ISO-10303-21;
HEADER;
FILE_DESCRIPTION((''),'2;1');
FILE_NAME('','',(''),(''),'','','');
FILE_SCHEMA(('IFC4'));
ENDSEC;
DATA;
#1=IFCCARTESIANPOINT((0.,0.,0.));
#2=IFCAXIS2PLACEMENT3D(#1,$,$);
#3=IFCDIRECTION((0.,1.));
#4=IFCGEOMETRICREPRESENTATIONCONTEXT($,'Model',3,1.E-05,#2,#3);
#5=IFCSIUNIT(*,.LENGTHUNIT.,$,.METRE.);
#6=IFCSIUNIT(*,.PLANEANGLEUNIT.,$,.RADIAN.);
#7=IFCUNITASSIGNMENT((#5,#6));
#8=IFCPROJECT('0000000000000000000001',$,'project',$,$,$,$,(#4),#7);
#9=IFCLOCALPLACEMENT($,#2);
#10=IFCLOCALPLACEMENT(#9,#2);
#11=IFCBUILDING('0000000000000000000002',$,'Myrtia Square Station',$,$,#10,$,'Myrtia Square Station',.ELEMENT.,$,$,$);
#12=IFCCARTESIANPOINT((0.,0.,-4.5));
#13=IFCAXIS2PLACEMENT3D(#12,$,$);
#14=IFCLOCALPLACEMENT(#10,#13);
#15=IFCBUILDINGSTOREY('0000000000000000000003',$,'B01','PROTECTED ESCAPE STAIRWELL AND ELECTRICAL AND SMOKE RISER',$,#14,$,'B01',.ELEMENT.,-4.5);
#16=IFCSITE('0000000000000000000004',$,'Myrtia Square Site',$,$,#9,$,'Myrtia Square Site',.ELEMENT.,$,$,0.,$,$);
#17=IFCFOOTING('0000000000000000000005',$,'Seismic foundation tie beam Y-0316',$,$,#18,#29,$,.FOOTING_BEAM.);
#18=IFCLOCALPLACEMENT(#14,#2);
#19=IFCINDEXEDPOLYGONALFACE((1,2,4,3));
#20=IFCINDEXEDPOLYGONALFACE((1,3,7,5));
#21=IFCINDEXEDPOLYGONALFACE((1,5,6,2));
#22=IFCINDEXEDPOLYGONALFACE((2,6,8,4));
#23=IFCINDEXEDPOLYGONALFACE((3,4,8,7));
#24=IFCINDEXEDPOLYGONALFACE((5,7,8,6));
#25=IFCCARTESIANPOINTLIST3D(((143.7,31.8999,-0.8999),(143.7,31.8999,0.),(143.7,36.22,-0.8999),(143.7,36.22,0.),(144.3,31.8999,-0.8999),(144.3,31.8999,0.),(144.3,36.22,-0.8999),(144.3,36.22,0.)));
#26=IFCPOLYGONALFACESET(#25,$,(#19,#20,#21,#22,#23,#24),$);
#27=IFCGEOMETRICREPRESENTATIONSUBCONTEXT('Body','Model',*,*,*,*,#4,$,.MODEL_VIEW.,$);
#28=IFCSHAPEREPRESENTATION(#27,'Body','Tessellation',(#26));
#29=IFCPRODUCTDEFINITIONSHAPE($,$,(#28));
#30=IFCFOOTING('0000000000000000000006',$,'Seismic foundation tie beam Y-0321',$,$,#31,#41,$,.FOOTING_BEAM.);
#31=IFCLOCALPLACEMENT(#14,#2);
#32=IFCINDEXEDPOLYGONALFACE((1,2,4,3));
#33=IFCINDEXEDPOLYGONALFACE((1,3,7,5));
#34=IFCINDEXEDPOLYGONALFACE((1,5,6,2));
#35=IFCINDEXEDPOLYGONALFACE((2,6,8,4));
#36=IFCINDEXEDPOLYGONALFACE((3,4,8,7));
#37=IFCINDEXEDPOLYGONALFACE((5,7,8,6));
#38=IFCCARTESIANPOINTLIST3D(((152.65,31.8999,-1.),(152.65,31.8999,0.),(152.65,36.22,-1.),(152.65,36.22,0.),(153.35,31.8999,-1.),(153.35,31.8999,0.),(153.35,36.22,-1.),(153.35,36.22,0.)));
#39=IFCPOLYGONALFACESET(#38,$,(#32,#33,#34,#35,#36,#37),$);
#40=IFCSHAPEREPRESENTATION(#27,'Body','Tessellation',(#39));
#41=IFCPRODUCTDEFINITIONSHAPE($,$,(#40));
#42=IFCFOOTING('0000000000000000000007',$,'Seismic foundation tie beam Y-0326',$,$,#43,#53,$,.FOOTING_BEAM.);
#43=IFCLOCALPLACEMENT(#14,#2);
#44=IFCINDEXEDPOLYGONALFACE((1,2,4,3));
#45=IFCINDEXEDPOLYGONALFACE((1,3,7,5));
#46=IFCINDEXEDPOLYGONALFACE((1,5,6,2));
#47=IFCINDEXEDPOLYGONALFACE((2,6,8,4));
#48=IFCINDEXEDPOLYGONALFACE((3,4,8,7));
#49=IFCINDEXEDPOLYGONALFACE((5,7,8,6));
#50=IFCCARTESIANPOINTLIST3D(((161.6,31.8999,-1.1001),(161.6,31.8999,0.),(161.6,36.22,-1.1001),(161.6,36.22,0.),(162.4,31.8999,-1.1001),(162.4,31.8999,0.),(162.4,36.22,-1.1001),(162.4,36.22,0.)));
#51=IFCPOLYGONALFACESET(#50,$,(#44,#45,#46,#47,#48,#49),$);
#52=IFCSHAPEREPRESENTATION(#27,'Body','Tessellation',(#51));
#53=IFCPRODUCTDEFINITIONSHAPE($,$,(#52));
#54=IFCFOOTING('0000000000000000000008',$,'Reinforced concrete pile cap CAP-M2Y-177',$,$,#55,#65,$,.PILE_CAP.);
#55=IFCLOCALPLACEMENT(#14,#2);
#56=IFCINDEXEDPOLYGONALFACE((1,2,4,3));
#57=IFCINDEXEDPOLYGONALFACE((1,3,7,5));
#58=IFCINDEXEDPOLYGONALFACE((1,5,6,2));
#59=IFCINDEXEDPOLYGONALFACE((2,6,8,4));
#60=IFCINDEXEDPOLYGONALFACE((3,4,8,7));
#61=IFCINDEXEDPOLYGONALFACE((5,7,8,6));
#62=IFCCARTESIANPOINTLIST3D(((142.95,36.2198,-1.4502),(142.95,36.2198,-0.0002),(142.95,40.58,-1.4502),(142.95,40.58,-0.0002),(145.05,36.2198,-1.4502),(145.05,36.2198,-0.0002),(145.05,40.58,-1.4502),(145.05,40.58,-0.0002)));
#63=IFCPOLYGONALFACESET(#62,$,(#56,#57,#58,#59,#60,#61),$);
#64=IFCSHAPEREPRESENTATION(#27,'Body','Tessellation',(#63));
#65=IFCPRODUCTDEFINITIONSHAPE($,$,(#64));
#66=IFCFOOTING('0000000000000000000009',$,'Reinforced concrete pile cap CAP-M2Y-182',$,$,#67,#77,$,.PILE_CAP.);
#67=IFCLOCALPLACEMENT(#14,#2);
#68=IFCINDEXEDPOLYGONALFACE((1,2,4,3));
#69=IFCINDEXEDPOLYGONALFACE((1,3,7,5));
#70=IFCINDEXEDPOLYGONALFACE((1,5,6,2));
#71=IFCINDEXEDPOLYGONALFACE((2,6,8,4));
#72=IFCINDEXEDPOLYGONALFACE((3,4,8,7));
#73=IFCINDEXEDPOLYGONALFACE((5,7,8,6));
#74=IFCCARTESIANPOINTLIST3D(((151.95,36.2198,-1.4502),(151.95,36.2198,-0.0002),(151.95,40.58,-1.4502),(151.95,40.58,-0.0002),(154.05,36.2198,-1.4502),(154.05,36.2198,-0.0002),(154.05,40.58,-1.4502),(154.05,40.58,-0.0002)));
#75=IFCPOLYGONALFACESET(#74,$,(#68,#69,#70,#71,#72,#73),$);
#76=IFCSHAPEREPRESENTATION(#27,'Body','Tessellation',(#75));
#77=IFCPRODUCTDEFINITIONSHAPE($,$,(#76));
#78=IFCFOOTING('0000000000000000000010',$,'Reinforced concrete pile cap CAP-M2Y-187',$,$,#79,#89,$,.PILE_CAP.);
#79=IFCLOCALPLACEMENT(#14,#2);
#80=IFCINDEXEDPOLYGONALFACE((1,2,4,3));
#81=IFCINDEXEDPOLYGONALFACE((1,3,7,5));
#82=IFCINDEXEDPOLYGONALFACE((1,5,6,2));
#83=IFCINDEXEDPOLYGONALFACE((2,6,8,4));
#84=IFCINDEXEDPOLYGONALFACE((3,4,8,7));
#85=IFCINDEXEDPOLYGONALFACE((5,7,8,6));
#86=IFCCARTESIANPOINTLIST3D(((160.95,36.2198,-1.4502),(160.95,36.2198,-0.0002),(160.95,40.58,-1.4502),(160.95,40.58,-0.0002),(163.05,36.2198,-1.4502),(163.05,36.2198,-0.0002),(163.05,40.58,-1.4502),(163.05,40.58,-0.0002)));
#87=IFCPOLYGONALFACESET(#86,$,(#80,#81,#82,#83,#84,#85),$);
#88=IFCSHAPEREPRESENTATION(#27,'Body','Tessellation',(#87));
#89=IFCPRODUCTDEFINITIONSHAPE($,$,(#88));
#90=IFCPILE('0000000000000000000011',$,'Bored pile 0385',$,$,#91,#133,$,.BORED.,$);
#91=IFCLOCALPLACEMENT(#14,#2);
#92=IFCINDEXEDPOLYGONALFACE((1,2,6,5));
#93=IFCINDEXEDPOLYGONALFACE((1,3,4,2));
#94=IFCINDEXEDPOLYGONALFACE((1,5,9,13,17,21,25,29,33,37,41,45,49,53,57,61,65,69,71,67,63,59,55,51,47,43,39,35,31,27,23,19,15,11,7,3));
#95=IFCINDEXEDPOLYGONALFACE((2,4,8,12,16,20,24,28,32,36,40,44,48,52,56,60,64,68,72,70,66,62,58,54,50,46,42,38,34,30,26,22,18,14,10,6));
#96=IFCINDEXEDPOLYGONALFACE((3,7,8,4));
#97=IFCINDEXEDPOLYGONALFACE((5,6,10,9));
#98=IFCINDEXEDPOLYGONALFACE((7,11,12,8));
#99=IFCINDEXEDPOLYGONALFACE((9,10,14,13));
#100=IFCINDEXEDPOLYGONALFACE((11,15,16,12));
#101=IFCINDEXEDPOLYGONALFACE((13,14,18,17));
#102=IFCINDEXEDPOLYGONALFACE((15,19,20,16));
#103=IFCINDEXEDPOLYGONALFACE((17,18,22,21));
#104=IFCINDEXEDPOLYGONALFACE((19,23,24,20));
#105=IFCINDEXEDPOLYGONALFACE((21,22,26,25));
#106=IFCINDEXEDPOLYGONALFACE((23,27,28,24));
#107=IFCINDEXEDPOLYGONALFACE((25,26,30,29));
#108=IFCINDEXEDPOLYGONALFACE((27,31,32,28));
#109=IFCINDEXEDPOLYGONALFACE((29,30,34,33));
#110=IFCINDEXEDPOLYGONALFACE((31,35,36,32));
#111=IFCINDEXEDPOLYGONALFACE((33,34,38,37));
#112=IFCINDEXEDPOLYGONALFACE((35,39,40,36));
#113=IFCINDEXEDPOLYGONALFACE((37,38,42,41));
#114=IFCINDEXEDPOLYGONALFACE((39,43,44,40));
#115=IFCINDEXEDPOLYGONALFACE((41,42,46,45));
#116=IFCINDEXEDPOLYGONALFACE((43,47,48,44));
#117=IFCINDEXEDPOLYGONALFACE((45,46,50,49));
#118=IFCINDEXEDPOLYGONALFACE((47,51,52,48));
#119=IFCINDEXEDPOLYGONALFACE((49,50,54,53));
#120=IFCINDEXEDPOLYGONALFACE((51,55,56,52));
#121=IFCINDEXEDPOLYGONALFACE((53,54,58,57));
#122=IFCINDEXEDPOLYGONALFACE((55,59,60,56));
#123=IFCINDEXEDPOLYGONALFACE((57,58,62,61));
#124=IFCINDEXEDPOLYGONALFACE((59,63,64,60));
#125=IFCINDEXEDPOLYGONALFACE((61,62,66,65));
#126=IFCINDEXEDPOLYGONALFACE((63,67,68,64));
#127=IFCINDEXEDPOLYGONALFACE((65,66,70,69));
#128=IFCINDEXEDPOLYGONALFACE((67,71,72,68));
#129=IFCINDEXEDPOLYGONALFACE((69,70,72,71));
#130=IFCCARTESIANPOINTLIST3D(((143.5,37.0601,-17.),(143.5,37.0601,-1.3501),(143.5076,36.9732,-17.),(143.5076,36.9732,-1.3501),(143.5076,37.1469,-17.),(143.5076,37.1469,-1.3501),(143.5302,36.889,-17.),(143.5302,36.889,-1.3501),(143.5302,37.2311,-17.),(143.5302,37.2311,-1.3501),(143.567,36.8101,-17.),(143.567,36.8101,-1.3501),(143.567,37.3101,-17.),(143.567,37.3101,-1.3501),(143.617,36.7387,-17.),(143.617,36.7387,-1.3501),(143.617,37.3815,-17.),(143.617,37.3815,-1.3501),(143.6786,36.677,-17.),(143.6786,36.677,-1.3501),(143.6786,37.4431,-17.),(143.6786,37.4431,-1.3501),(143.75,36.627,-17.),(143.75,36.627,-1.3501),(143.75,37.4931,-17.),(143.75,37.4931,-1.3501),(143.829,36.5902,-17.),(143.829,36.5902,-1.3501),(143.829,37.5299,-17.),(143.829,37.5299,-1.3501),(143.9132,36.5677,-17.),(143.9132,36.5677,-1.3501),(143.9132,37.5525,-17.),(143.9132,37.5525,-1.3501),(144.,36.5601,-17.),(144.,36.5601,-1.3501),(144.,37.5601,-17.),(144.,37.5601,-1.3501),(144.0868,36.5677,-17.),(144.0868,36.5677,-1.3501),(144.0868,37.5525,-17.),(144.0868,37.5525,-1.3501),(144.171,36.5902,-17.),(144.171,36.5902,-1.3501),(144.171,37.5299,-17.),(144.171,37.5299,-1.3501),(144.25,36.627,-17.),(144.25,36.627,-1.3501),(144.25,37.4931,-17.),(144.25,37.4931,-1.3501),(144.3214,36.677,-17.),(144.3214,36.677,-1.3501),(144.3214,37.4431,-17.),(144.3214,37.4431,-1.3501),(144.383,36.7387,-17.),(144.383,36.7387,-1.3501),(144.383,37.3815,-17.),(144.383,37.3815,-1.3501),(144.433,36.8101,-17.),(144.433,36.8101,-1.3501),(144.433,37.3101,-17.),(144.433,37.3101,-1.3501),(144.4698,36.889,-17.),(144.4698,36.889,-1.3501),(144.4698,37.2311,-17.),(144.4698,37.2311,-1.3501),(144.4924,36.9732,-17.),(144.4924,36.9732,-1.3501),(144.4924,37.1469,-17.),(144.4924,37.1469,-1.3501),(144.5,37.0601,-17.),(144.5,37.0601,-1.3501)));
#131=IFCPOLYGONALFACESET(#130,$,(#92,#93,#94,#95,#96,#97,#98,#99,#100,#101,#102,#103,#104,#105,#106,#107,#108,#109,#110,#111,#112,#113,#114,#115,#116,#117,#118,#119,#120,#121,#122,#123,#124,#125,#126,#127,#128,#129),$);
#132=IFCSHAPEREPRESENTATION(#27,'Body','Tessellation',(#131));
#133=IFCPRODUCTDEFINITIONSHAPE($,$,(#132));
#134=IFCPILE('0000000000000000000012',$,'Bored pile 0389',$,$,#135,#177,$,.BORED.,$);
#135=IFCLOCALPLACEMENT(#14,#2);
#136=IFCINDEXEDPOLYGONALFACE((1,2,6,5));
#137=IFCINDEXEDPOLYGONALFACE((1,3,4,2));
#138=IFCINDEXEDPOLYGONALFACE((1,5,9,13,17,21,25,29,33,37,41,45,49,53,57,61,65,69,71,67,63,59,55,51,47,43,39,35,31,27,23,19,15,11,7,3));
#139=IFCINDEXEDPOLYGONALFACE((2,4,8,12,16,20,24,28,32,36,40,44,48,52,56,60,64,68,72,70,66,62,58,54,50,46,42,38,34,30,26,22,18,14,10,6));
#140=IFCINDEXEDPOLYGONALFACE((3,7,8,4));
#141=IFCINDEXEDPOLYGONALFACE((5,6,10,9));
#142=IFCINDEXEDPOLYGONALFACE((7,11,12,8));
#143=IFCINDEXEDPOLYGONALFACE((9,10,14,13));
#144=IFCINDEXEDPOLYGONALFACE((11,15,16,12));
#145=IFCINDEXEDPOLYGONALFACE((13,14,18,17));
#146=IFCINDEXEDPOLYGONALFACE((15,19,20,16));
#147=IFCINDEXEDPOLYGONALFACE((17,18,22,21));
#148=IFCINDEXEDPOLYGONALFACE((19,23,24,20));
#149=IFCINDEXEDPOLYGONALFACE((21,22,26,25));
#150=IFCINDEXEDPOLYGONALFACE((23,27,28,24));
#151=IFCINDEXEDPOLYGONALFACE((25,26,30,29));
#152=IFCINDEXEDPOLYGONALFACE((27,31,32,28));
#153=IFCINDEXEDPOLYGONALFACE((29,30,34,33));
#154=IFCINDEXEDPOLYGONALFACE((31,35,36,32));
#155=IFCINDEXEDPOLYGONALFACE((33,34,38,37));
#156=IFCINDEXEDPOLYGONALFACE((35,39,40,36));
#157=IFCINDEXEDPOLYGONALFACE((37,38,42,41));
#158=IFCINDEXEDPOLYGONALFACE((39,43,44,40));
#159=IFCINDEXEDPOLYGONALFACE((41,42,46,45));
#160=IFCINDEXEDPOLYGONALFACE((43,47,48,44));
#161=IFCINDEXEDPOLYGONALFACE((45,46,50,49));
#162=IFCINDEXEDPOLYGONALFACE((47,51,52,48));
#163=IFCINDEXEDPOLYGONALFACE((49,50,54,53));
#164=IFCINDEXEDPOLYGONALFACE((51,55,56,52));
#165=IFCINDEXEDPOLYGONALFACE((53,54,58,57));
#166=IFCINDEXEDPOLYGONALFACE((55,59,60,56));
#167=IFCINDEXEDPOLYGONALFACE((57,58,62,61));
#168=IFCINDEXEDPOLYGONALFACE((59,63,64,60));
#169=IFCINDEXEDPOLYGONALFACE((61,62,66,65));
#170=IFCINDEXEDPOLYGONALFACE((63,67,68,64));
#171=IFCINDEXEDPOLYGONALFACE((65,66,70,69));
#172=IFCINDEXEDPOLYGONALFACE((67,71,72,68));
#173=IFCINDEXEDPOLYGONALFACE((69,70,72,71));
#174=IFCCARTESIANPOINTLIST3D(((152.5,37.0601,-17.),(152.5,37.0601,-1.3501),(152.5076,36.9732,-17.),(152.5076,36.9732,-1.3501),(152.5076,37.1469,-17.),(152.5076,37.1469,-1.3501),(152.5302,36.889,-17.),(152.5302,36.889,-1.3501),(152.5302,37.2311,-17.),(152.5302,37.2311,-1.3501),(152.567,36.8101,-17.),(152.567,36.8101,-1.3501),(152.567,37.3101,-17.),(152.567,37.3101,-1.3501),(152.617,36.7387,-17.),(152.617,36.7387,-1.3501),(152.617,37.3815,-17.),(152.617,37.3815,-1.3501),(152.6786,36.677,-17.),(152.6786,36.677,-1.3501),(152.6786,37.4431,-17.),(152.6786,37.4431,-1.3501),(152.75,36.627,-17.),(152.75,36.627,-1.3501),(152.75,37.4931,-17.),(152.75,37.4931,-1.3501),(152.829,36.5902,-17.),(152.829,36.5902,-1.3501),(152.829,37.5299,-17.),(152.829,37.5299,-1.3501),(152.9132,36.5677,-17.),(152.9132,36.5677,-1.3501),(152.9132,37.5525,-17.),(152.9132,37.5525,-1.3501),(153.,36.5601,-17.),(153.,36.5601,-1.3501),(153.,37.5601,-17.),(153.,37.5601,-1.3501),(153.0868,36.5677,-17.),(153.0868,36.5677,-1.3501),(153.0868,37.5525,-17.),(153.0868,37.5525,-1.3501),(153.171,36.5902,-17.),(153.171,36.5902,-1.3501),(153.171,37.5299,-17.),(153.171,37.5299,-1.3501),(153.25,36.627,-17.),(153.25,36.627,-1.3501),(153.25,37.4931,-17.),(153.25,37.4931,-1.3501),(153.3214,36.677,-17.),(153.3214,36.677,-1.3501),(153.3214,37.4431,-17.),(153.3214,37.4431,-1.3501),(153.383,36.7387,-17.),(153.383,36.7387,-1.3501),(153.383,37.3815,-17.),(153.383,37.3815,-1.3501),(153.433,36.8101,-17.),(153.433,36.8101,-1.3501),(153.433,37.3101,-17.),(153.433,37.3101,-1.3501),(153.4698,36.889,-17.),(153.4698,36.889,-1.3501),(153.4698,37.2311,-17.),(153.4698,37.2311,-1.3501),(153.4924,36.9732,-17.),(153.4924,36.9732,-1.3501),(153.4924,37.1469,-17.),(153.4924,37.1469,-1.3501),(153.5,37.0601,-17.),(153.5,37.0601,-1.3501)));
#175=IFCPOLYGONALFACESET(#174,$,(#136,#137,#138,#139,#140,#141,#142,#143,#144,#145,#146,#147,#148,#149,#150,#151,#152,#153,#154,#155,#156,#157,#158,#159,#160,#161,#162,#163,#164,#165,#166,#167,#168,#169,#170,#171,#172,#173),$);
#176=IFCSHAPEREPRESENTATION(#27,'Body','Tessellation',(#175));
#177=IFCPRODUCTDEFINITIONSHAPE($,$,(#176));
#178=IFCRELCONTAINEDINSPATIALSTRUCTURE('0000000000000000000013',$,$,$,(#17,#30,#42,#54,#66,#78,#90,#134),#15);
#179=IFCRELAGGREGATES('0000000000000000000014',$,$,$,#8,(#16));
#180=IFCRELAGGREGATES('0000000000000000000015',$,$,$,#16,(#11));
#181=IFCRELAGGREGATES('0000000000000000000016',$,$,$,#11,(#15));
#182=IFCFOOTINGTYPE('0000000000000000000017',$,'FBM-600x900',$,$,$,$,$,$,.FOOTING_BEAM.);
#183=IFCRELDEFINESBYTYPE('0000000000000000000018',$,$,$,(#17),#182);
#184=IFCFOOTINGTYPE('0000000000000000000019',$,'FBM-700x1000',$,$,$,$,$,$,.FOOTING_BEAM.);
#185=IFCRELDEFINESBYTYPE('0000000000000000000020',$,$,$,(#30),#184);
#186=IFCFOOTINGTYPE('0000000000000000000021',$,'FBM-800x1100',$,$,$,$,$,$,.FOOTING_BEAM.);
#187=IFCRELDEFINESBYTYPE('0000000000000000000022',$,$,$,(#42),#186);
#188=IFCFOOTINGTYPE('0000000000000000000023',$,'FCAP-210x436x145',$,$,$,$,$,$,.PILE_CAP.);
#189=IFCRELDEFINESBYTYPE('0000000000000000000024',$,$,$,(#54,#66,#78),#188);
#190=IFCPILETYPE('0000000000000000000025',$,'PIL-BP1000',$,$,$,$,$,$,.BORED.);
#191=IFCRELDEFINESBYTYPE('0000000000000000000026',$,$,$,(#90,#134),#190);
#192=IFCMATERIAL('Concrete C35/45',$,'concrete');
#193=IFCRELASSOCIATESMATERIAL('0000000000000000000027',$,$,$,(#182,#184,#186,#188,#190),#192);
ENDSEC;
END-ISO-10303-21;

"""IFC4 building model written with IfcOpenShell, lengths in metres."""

from ifc_helpers import new_model, si_unit, direction, frame, origin, origin_2d, place, context, subcontext, project, spatial, rectangle, circle, extrude, material, material_profile, profile_set, type_object, element, save


model = new_model("IFC4")

# Units and contexts
model_context = context("Model", 3, precision=1e-05, world=origin(), true_north=direction((0.0, 1.0)))
body_context = subcontext(model_context, "Body", "Model", "MODEL_VIEW")
ifc_project = project(units=[si_unit("LENGTHUNIT", "METRE"), si_unit("PLANEANGLEUNIT", "RADIAN")], contexts=[model_context])

# Site, building, storey
site_placement = place(None, origin())
site = spatial("IfcSite", under=ifc_project, at=site_placement, Name="Myrtia Square Site", LongName="Myrtia Square Site", CompositionType="ELEMENT", RefElevation=0.0)
building_placement = place(site_placement, origin())
building = spatial("IfcBuilding", under=site, at=building_placement, Name="Myrtia Square Station", LongName="Myrtia Square Station", CompositionType="ELEMENT")
storey_placement = place(building_placement, frame((0.0, 0.0, -4.5)))
storey = spatial("IfcBuildingStorey", under=building, at=storey_placement, Name="B01", Description="PROTECTED ESCAPE STAIRWELL AND ELECTRICAL AND SMOKE RISER", LongName="B01", CompositionType="ELEMENT", Elevation=-4.5)

# Footings
ifc_material_1 = material(Name="Concrete C35/45", Category="concrete")
ifc_material_profile_1 = material_profile(ifc_material_1, rectangle(XDim=0.6001, YDim=0.8999, at=origin_2d()), Name="FB 600x900")
ifc_profile_set_1 = profile_set([ifc_material_profile_1], Name="Concrete C35/45")
footing_type_1 = type_object("IfcFootingType", Name="FBM-600x900", PredefinedType="FOOTING_BEAM", material=ifc_profile_set_1)
footing_1_placement = place(storey_placement, frame((144.0, 31.8999, -0.45), z_axis=(0.0, 1.0, 0.0), x_axis=(-1.0, 0.0, 0.0)))
element("IfcFooting", 1, at=footing_1_placement, inside=storey, type_object=footing_type_1, Name="Seismic foundation tie beam Y-0316", PredefinedType="FOOTING_BEAM", context=body_context, shape_type="SweptSolid", body=[
    extrude(rectangle(XDim=0.6001, YDim=0.8999, at=origin_2d()), origin(), (0.0, 0.0, 1.0), 4.3201),
])
ifc_material_profile_2 = material_profile(ifc_material_1, rectangle(XDim=0.7, YDim=1.0, at=origin_2d()), Name="FB 700x1000")
ifc_profile_set_2 = profile_set([ifc_material_profile_2], Name="Concrete C35/45")
footing_type_2 = type_object("IfcFootingType", Name="FBM-700x1000", PredefinedType="FOOTING_BEAM", material=ifc_profile_set_2)
footing_2_placement = place(storey_placement, frame((153.0, 31.8999, -0.5), z_axis=(0.0, 1.0, 0.0), x_axis=(-1.0, 0.0, 0.0)))
element("IfcFooting", 2, at=footing_2_placement, inside=storey, type_object=footing_type_2, Name="Seismic foundation tie beam Y-0321", PredefinedType="FOOTING_BEAM", context=body_context, shape_type="SweptSolid", body=[
    extrude(rectangle(XDim=0.7, YDim=1.0, at=origin_2d()), origin(), (0.0, 0.0, 1.0), 4.3201),
])
ifc_material_profile_3 = material_profile(ifc_material_1, rectangle(XDim=0.8, YDim=1.1001, at=origin_2d()), Name="FB 800x1100")
ifc_profile_set_3 = profile_set([ifc_material_profile_3], Name="Concrete C35/45")
footing_type_3 = type_object("IfcFootingType", Name="FBM-800x1100", PredefinedType="FOOTING_BEAM", material=ifc_profile_set_3)
footing_3_placement = place(storey_placement, frame((162.0, 31.8999, -0.55), z_axis=(0.0, 1.0, 0.0), x_axis=(-1.0, 0.0, 0.0)))
element("IfcFooting", 3, at=footing_3_placement, inside=storey, type_object=footing_type_3, Name="Seismic foundation tie beam Y-0326", PredefinedType="FOOTING_BEAM", context=body_context, shape_type="SweptSolid", body=[
    extrude(rectangle(XDim=0.8, YDim=1.1001, at=origin_2d()), origin(), (0.0, 0.0, 1.0), 4.3201),
])
footing_type_4 = type_object("IfcFootingType", Name="FCAP-210x436x145", PredefinedType="PILE_CAP", material=ifc_material_1)
for number, where, z_axis, x_axis, name in (
    (4, (144.0, 38.3999, -1.4502), (0.0, 0.0, 1.0), (1.0, 0.0, 0.0), "Reinforced concrete pile cap CAP-M2Y-177"),
    (5, (153.0, 38.3999, -1.4502), (0.0, 0.0, 1.0), (1.0, 0.0, 0.0), "Reinforced concrete pile cap CAP-M2Y-182"),
    (6, (162.0, 38.3999, -1.4502), (0.0, 0.0, 1.0), (1.0, 0.0, 0.0), "Reinforced concrete pile cap CAP-M2Y-187"),
):
    element("IfcFooting", number, at=place(storey_placement, frame(where, z_axis=z_axis, x_axis=x_axis)), inside=storey, type_object=footing_type_4, Name=name, PredefinedType="PILE_CAP", context=body_context, shape_type="SweptSolid", body=[
        extrude(rectangle(XDim=2.1001, YDim=4.3601, at=origin_2d()), origin(), (0.0, 0.0, 1.0), 1.45),
    ])

# Piles
ifc_material_profile_4 = material_profile(ifc_material_1, circle(Radius=0.5, at=origin_2d()), Name="BP D1000")
ifc_profile_set_4 = profile_set([ifc_material_profile_4], Name="Concrete C35/45")
pile_type_1 = type_object("IfcPileType", Name="PIL-BP1000", PredefinedType="BORED", material=ifc_profile_set_4)
for number, where, z_axis, x_axis, name in (
    (7, (144.0, 37.0601, -1.3501), (0.0, 0.0, -1.0), (1.0, 0.0, 0.0), "Bored pile 0385"),
    (8, (153.0, 37.0601, -1.3501), (0.0, 0.0, -1.0), (1.0, 0.0, 0.0), "Bored pile 0389"),
):
    element("IfcPile", number, at=place(storey_placement, frame(where, z_axis=z_axis, x_axis=x_axis)), inside=storey, type_object=pile_type_1, Name=name, PredefinedType="BORED", context=body_context, shape_type="SweptSolid", body=[
        extrude(circle(Radius=0.5, at=origin_2d()), origin(), (0.0, 0.0, 1.0), 15.6499),
    ])

save(model, "model.ifc")
